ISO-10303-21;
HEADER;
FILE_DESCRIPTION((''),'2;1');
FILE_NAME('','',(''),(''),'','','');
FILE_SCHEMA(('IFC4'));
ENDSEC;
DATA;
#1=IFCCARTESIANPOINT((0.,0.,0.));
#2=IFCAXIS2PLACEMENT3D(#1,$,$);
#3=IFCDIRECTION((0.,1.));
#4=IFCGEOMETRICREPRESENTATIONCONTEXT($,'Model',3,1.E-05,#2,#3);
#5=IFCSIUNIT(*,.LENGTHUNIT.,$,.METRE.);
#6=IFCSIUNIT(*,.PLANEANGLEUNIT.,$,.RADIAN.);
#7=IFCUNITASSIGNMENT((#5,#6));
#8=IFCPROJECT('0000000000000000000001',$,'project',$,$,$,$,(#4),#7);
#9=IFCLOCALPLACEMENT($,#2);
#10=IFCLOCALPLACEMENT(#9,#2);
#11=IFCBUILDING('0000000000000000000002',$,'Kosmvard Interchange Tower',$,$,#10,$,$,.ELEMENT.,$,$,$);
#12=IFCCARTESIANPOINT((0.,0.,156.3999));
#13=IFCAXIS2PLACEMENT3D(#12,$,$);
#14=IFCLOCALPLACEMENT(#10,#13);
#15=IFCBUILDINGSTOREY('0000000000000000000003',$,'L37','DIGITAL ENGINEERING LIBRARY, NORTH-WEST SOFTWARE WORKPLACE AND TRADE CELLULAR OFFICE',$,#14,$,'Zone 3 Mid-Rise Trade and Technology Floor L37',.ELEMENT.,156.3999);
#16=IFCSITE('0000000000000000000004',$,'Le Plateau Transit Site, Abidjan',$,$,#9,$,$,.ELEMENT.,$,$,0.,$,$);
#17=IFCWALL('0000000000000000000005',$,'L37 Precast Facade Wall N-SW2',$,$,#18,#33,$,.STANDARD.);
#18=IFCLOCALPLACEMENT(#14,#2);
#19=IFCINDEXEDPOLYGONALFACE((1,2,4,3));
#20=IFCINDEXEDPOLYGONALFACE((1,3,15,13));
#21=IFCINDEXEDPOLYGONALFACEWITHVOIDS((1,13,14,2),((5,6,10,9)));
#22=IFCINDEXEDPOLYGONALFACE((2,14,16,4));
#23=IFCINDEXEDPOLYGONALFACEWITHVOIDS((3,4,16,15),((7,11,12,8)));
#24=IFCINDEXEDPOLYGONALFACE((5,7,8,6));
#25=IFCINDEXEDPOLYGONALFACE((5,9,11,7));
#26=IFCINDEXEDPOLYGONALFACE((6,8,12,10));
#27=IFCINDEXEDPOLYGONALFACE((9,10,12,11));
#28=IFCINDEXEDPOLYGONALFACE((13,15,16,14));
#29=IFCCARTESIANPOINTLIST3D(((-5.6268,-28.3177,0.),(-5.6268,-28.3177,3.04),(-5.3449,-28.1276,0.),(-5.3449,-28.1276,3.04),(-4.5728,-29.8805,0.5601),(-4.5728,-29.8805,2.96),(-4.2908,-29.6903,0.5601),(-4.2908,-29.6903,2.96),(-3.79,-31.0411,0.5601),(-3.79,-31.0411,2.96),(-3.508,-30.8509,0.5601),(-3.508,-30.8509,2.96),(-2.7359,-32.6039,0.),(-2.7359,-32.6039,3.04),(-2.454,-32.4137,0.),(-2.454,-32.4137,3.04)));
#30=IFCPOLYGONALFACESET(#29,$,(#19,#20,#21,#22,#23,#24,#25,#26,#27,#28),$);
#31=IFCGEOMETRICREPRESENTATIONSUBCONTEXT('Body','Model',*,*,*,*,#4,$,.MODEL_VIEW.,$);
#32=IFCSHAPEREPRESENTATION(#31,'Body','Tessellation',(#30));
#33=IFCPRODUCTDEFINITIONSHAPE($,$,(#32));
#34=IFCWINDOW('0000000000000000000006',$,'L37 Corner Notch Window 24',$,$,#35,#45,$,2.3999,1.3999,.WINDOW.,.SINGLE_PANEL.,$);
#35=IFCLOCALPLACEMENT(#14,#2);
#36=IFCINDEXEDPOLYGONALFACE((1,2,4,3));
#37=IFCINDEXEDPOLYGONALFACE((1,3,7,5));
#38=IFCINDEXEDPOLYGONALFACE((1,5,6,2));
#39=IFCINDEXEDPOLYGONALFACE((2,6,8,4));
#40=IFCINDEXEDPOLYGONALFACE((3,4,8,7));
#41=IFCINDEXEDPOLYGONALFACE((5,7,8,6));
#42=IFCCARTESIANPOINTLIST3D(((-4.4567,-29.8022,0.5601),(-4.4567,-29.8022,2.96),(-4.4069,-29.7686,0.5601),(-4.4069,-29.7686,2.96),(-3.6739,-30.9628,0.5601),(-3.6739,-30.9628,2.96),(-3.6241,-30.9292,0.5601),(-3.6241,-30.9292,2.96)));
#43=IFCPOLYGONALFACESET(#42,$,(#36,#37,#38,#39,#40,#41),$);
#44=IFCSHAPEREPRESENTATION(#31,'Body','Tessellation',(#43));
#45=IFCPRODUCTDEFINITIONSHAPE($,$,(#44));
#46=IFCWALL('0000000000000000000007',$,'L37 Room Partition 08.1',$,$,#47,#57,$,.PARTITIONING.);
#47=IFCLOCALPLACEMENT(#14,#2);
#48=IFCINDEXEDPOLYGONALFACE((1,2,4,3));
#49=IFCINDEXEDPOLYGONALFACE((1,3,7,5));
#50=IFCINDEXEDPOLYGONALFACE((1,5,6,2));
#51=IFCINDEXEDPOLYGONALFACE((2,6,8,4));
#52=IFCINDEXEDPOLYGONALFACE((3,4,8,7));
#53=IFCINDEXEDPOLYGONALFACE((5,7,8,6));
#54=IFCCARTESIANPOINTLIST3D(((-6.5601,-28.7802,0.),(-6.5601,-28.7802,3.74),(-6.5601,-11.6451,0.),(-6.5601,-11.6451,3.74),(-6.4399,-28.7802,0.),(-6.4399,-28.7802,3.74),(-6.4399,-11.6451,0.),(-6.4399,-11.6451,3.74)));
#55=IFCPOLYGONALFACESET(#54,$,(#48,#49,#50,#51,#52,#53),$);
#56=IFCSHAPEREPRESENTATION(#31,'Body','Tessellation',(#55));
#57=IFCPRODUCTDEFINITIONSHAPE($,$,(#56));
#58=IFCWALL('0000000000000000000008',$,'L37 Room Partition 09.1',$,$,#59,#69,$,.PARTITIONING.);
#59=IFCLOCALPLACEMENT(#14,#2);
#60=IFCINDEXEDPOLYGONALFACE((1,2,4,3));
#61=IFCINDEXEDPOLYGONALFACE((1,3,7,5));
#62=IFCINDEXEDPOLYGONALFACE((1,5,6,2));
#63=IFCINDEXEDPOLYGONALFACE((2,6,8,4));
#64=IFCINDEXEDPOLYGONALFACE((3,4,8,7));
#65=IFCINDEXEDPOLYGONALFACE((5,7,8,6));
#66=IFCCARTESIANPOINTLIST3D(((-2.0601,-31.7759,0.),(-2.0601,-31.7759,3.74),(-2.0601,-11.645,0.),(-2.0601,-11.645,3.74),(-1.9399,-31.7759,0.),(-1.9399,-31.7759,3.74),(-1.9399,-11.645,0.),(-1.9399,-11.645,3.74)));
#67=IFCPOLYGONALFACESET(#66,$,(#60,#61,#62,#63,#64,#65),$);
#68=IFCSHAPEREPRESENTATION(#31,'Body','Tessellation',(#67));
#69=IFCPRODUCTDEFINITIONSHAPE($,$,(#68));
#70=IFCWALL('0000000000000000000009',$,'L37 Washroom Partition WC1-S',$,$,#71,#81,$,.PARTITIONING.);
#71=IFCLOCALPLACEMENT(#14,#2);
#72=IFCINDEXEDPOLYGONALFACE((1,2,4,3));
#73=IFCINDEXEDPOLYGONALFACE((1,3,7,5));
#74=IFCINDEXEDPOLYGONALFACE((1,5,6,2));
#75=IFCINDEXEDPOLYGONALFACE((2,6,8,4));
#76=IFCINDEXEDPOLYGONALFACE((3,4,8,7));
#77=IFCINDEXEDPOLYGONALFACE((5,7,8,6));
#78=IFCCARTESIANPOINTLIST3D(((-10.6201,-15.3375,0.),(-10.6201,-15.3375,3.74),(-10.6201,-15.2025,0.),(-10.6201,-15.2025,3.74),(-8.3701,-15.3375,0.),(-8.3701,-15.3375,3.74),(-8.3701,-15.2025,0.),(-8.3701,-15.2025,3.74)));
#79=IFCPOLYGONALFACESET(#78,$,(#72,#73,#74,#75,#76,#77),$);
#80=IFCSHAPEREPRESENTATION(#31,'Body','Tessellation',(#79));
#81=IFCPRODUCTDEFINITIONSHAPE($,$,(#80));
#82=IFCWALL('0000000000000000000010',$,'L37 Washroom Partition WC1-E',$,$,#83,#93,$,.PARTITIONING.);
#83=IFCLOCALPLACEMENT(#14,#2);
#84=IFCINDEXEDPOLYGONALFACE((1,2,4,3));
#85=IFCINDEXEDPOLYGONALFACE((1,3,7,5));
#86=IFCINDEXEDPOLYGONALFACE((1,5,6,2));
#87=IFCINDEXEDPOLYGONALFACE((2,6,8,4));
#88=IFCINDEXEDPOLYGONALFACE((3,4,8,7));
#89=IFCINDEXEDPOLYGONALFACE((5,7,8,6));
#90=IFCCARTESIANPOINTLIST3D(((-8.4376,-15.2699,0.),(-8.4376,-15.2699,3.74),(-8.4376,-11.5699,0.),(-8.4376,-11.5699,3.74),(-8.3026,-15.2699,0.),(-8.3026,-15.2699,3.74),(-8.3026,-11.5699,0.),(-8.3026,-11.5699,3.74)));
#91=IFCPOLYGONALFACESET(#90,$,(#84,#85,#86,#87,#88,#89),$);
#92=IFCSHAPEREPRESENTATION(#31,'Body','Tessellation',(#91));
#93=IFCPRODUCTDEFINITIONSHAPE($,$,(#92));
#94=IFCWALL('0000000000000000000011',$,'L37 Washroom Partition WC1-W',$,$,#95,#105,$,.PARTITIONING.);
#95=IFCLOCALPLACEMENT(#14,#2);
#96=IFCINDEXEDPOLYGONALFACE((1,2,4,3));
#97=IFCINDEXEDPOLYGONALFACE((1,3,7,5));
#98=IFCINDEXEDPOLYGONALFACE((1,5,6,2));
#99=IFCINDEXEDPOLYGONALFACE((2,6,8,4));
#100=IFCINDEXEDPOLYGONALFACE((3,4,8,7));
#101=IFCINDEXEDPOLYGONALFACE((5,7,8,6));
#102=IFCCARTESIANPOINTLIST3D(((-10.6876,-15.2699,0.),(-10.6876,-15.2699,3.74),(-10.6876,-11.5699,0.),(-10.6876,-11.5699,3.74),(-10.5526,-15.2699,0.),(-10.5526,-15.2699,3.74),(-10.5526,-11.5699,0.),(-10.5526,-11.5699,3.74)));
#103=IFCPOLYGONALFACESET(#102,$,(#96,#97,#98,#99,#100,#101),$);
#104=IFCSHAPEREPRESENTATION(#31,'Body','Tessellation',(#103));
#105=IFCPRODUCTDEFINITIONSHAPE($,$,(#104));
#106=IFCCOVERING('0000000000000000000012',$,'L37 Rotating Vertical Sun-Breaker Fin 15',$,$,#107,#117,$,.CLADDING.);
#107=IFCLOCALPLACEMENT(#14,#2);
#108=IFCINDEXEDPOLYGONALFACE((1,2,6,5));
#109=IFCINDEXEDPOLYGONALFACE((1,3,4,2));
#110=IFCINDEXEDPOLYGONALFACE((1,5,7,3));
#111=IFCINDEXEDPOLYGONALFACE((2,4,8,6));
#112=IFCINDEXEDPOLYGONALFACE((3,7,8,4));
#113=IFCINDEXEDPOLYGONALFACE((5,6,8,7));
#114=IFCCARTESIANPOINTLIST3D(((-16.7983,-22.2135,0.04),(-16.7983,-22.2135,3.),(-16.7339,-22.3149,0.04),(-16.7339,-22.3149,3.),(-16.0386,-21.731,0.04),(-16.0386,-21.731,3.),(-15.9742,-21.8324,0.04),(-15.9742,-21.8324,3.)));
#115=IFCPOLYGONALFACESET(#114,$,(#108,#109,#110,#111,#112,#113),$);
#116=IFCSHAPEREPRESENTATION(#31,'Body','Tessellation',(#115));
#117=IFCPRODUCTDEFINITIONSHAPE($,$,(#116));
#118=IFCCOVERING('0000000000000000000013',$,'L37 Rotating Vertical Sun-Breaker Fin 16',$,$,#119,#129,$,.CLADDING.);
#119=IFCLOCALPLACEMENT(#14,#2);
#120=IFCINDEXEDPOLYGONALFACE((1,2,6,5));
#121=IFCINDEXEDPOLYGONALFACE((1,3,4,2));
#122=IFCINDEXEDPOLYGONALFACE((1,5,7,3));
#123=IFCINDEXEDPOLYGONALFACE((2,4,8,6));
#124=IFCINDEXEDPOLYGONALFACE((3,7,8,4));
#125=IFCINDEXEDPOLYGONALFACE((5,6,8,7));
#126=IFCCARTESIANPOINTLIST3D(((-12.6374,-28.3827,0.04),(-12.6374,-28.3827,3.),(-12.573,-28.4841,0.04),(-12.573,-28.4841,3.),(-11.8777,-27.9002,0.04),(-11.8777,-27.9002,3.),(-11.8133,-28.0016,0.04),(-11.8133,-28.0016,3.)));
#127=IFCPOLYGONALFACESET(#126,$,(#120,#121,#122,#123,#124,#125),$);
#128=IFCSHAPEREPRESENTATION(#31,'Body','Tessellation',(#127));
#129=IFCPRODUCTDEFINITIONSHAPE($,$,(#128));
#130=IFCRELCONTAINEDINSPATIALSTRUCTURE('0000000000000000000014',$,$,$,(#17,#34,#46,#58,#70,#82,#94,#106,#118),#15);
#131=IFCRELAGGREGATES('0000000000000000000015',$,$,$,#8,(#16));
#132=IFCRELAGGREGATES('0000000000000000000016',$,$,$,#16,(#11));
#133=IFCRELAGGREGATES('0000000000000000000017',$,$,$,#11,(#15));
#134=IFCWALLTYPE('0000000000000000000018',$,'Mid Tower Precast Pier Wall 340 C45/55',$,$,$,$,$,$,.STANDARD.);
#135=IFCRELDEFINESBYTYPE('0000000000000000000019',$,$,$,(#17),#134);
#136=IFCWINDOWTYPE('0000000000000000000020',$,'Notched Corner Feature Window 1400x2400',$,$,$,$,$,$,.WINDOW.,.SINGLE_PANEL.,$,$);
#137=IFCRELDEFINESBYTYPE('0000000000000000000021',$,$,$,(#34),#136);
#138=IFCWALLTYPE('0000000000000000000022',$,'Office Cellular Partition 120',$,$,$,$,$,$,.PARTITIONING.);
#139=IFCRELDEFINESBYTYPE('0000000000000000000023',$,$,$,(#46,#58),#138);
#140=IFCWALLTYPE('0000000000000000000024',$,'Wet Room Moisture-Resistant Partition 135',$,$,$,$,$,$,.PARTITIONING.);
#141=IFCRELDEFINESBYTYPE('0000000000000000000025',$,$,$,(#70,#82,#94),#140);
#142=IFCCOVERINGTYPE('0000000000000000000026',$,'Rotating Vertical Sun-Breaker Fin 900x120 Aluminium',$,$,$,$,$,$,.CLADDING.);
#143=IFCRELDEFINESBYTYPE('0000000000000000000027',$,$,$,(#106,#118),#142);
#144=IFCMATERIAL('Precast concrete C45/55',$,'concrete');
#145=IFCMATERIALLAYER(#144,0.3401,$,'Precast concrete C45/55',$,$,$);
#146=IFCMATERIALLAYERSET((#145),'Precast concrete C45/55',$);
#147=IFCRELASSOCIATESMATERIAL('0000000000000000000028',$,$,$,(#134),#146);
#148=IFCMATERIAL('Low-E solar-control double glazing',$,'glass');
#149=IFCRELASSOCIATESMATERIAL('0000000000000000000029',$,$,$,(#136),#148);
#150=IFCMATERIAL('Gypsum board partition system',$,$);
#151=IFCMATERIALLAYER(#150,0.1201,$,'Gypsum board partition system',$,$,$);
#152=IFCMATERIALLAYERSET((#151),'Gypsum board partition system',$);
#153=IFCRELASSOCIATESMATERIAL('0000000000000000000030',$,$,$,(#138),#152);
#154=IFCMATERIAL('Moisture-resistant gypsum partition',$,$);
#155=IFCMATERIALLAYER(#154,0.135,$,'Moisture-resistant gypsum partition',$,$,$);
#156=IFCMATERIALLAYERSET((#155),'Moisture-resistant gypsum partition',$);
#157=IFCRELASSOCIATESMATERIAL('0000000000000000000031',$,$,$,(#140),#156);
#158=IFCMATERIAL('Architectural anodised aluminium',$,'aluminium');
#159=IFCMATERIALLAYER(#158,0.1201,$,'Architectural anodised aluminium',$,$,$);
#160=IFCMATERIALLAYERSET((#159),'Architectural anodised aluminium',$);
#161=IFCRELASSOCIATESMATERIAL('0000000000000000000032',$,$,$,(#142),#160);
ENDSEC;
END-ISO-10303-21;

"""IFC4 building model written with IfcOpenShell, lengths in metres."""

from ifc_helpers import new_model, si_unit, direction, frame, frame_2d, origin, origin_2d, place, context, subcontext, project, spatial, rectangle, extrude, source, transform, mapped, material, layer, layer_set, type_object, element, fill, save


model = new_model("IFC4")

# Units and contexts
model_context = context("Model", 3, precision=1e-05, world=origin(), true_north=direction((0.0, 1.0)))
body_context = subcontext(model_context, "Body", "Model", "MODEL_VIEW")
ifc_project = project(units=[si_unit("LENGTHUNIT", "METRE"), si_unit("PLANEANGLEUNIT", "RADIAN")], contexts=[model_context])

# Site, building, storey
site_placement = place(None, origin())
site = spatial("IfcSite", under=ifc_project, at=site_placement, Name="Le Plateau Transit Site, Abidjan", CompositionType="ELEMENT", RefElevation=0.0)
building_placement = place(site_placement, origin())
building = spatial("IfcBuilding", under=site, at=building_placement, Name="Kosmvard Interchange Tower", CompositionType="ELEMENT")
storey_placement = place(building_placement, frame((0.0, 0.0, 156.3999)))
storey = spatial("IfcBuildingStorey", under=building, at=storey_placement, Name="L37", Description="DIGITAL ENGINEERING LIBRARY, NORTH-WEST SOFTWARE WORKPLACE AND TRADE CELLULAR OFFICE", LongName="Zone 3 Mid-Rise Trade and Technology Floor L37", CompositionType="ELEMENT", Elevation=156.3999)

# Shared definitions
ifc_material_1 = material(Name="Precast concrete C45/55", Category="concrete")

# Shared definitions
ifc_layer_1 = layer(ifc_material_1, 0.3401, Name="Precast concrete C45/55")
ifc_layer_set_1 = layer_set([ifc_layer_1], Name="Precast concrete C45/55")
wall_type_1 = type_object("IfcWallType", Name="Mid Tower Precast Pier Wall 340 C45/55", PredefinedType="STANDARD", material=ifc_layer_set_1)
ifc_material_2 = material(Name="Low-E solar-control double glazing", Category="glass")
window_type_1 = type_object("IfcWindowType", Name="Notched Corner Feature Window 1400x2400", PartitioningType="SINGLE_PANEL", PredefinedType="WINDOW", material=ifc_material_2)
shared_shape_1 = source(origin(), body_context, "Body", "SweptSolid", [
    extrude(rectangle(XDim=1.3999, YDim=2.3999, at=frame_2d((0.7, 1.2))), frame((0.0, 0.03, 0.0), z_axis=(0.0, -1.0, 0.0), x_axis=(1.0, 0.0, 0.0)), (0.0, 0.0, 1.0), 0.0601),
])

# Wall, opening, window
wall_1_placement = place(storey_placement, frame((-5.4858, -28.2227, 0.0), z_axis=(0.0, 0.0, 1.0), x_axis=(0.559171, -0.829052, 0.0)))
wall_1 = element("IfcWall", 1, at=wall_1_placement, inside=storey, type_object=wall_type_1, Name="L37 Precast Facade Wall N-SW2", PredefinedType="STANDARD", context=body_context, shape_type="SweptSolid", body=[
    extrude(rectangle(XDim=5.1699, YDim=0.3401, at=frame_2d((2.585, 0.0))), origin(), (0.0, 0.0, 1.0), 3.04),
])
opening_1_placement = place(wall_1_placement, frame((1.885, 0.0, 0.5601)))
opening_1 = element("IfcOpeningElement", 2, at=opening_1_placement, cuts=wall_1, PredefinedType="OPENING", context=body_context, shape_type="SweptSolid", body=[
    extrude(rectangle(XDim=1.3999, YDim=2.3999, at=frame_2d((0.7, 1.2))), frame((0.0, 0.1802, 0.0), z_axis=(0.0, -1.0, 0.0), x_axis=(1.0, 0.0, 0.0)), (0.0, 0.0, 1.0), 0.3601),
])
window_1_placement = place(opening_1_placement, origin())
window_1 = element("IfcWindow", 3, at=window_1_placement, inside=storey, type_object=window_type_1, Name="L37 Corner Notch Window 24", OverallHeight=2.3999, OverallWidth=1.3999, PartitioningType="SINGLE_PANEL", PredefinedType="WINDOW", context=body_context, shape_type="MappedRepresentation", body=[
    mapped(shared_shape_1, transform((0.0, 0.0, 0.0), scale=1.0)),
])
fill(opening_1, window_1)

# Walls
ifc_material_3 = material(Name="Gypsum board partition system")
ifc_layer_2 = layer(ifc_material_3, 0.1201, Name="Gypsum board partition system")
ifc_layer_set_2 = layer_set([ifc_layer_2], Name="Gypsum board partition system")
wall_type_2 = type_object("IfcWallType", Name="Office Cellular Partition 120", PredefinedType="PARTITIONING", material=ifc_layer_set_2)
wall_2_placement = place(storey_placement, frame((-6.5, -28.78, 0.0), z_axis=(0.0, 0.0, 1.0), x_axis=(0.0, 1.0, 0.0)))
element("IfcWall", 4, at=wall_2_placement, inside=storey, type_object=wall_type_2, Name="L37 Room Partition 08.1", PredefinedType="PARTITIONING", context=body_context, shape_type="SweptSolid", body=[
    extrude(rectangle(XDim=17.135, YDim=0.1201, at=frame_2d((8.5674, 0.0))), origin(), (0.0, 0.0, 1.0), 3.74),
])
wall_3_placement = place(storey_placement, frame((-2.0, -31.7759, 0.0), z_axis=(0.0, 0.0, 1.0), x_axis=(0.0, 1.0, 0.0)))
element("IfcWall", 5, at=wall_3_placement, inside=storey, type_object=wall_type_2, Name="L37 Room Partition 09.1", PredefinedType="PARTITIONING", context=body_context, shape_type="SweptSolid", body=[
    extrude(rectangle(XDim=20.1309, YDim=0.1201, at=frame_2d((10.0654, 0.0))), origin(), (0.0, 0.0, 1.0), 3.74),
])
ifc_material_4 = material(Name="Moisture-resistant gypsum partition")
ifc_layer_3 = layer(ifc_material_4, 0.135, Name="Moisture-resistant gypsum partition")
ifc_layer_set_3 = layer_set([ifc_layer_3], Name="Moisture-resistant gypsum partition")
wall_type_3 = type_object("IfcWallType", Name="Wet Room Moisture-Resistant Partition 135", PredefinedType="PARTITIONING", material=ifc_layer_set_3)
wall_4_placement = place(storey_placement, frame((-10.6201, -15.27, 0.0), z_axis=(0.0, 0.0, 1.0), x_axis=(1.0, 0.0, 0.0)))
element("IfcWall", 6, at=wall_4_placement, inside=storey, type_object=wall_type_3, Name="L37 Washroom Partition WC1-S", PredefinedType="PARTITIONING", context=body_context, shape_type="SweptSolid", body=[
    extrude(rectangle(XDim=2.25, YDim=0.135, at=frame_2d((1.125, 0.0))), origin(), (0.0, 0.0, 1.0), 3.74),
])
for number, where, z_axis, x_axis, name in (
    (7, (-8.3701, -15.27, 0.0), (0.0, 0.0, 1.0), (0.0, 1.0, 0.0), "L37 Washroom Partition WC1-E"),
    (8, (-10.6201, -15.27, 0.0), (0.0, 0.0, 1.0), (0.0, 1.0, 0.0), "L37 Washroom Partition WC1-W"),
):
    element("IfcWall", number, at=place(storey_placement, frame(where, z_axis=z_axis, x_axis=x_axis)), inside=storey, type_object=wall_type_3, Name=name, PredefinedType="PARTITIONING", context=body_context, shape_type="SweptSolid", body=[
        extrude(rectangle(XDim=3.7, YDim=0.135, at=frame_2d((1.8501, 0.0))), origin(), (0.0, 0.0, 1.0), 3.74),
    ])

# Coverings
ifc_material_5 = material(Name="Architectural anodised aluminium", Category="aluminium")
ifc_layer_4 = layer(ifc_material_5, 0.1201, Name="Architectural anodised aluminium")
ifc_layer_set_4 = layer_set([ifc_layer_4], Name="Architectural anodised aluminium")
covering_type = type_object("IfcCoveringType", Name="Rotating Vertical Sun-Breaker Fin 900x120 Aluminium", PredefinedType="CLADDING", material=ifc_layer_set_4)
shared_shape_2 = source(origin(), body_context, "Body", "SweptSolid", [
    extrude(rectangle(XDim=0.8999, YDim=0.1201, at=origin_2d()), origin(), (0.0, 0.0, 1.0), 2.96),
])
for number, where, z_axis, x_axis, name in (
    (9, (-16.3862, -22.0229, 0.04), (0.0, 0.0, 1.0), (-0.844141, -0.536121, 0.0), "L37 Rotating Vertical Sun-Breaker Fin 15"),
    (10, (-12.2253, -28.1921, 0.04), (0.0, 0.0, 1.0), (-0.844141, -0.536121, 0.0), "L37 Rotating Vertical Sun-Breaker Fin 16"),
):
    element("IfcCovering", number, at=place(storey_placement, frame(where, z_axis=z_axis, x_axis=x_axis)), inside=storey, type_object=covering_type, Name=name, PredefinedType="CLADDING", context=body_context, shape_type="MappedRepresentation", body=[
        mapped(shared_shape_2, transform((0.0, 0.0, 0.0), scale=1.0)),
    ])

save(model, "model.ifc")
